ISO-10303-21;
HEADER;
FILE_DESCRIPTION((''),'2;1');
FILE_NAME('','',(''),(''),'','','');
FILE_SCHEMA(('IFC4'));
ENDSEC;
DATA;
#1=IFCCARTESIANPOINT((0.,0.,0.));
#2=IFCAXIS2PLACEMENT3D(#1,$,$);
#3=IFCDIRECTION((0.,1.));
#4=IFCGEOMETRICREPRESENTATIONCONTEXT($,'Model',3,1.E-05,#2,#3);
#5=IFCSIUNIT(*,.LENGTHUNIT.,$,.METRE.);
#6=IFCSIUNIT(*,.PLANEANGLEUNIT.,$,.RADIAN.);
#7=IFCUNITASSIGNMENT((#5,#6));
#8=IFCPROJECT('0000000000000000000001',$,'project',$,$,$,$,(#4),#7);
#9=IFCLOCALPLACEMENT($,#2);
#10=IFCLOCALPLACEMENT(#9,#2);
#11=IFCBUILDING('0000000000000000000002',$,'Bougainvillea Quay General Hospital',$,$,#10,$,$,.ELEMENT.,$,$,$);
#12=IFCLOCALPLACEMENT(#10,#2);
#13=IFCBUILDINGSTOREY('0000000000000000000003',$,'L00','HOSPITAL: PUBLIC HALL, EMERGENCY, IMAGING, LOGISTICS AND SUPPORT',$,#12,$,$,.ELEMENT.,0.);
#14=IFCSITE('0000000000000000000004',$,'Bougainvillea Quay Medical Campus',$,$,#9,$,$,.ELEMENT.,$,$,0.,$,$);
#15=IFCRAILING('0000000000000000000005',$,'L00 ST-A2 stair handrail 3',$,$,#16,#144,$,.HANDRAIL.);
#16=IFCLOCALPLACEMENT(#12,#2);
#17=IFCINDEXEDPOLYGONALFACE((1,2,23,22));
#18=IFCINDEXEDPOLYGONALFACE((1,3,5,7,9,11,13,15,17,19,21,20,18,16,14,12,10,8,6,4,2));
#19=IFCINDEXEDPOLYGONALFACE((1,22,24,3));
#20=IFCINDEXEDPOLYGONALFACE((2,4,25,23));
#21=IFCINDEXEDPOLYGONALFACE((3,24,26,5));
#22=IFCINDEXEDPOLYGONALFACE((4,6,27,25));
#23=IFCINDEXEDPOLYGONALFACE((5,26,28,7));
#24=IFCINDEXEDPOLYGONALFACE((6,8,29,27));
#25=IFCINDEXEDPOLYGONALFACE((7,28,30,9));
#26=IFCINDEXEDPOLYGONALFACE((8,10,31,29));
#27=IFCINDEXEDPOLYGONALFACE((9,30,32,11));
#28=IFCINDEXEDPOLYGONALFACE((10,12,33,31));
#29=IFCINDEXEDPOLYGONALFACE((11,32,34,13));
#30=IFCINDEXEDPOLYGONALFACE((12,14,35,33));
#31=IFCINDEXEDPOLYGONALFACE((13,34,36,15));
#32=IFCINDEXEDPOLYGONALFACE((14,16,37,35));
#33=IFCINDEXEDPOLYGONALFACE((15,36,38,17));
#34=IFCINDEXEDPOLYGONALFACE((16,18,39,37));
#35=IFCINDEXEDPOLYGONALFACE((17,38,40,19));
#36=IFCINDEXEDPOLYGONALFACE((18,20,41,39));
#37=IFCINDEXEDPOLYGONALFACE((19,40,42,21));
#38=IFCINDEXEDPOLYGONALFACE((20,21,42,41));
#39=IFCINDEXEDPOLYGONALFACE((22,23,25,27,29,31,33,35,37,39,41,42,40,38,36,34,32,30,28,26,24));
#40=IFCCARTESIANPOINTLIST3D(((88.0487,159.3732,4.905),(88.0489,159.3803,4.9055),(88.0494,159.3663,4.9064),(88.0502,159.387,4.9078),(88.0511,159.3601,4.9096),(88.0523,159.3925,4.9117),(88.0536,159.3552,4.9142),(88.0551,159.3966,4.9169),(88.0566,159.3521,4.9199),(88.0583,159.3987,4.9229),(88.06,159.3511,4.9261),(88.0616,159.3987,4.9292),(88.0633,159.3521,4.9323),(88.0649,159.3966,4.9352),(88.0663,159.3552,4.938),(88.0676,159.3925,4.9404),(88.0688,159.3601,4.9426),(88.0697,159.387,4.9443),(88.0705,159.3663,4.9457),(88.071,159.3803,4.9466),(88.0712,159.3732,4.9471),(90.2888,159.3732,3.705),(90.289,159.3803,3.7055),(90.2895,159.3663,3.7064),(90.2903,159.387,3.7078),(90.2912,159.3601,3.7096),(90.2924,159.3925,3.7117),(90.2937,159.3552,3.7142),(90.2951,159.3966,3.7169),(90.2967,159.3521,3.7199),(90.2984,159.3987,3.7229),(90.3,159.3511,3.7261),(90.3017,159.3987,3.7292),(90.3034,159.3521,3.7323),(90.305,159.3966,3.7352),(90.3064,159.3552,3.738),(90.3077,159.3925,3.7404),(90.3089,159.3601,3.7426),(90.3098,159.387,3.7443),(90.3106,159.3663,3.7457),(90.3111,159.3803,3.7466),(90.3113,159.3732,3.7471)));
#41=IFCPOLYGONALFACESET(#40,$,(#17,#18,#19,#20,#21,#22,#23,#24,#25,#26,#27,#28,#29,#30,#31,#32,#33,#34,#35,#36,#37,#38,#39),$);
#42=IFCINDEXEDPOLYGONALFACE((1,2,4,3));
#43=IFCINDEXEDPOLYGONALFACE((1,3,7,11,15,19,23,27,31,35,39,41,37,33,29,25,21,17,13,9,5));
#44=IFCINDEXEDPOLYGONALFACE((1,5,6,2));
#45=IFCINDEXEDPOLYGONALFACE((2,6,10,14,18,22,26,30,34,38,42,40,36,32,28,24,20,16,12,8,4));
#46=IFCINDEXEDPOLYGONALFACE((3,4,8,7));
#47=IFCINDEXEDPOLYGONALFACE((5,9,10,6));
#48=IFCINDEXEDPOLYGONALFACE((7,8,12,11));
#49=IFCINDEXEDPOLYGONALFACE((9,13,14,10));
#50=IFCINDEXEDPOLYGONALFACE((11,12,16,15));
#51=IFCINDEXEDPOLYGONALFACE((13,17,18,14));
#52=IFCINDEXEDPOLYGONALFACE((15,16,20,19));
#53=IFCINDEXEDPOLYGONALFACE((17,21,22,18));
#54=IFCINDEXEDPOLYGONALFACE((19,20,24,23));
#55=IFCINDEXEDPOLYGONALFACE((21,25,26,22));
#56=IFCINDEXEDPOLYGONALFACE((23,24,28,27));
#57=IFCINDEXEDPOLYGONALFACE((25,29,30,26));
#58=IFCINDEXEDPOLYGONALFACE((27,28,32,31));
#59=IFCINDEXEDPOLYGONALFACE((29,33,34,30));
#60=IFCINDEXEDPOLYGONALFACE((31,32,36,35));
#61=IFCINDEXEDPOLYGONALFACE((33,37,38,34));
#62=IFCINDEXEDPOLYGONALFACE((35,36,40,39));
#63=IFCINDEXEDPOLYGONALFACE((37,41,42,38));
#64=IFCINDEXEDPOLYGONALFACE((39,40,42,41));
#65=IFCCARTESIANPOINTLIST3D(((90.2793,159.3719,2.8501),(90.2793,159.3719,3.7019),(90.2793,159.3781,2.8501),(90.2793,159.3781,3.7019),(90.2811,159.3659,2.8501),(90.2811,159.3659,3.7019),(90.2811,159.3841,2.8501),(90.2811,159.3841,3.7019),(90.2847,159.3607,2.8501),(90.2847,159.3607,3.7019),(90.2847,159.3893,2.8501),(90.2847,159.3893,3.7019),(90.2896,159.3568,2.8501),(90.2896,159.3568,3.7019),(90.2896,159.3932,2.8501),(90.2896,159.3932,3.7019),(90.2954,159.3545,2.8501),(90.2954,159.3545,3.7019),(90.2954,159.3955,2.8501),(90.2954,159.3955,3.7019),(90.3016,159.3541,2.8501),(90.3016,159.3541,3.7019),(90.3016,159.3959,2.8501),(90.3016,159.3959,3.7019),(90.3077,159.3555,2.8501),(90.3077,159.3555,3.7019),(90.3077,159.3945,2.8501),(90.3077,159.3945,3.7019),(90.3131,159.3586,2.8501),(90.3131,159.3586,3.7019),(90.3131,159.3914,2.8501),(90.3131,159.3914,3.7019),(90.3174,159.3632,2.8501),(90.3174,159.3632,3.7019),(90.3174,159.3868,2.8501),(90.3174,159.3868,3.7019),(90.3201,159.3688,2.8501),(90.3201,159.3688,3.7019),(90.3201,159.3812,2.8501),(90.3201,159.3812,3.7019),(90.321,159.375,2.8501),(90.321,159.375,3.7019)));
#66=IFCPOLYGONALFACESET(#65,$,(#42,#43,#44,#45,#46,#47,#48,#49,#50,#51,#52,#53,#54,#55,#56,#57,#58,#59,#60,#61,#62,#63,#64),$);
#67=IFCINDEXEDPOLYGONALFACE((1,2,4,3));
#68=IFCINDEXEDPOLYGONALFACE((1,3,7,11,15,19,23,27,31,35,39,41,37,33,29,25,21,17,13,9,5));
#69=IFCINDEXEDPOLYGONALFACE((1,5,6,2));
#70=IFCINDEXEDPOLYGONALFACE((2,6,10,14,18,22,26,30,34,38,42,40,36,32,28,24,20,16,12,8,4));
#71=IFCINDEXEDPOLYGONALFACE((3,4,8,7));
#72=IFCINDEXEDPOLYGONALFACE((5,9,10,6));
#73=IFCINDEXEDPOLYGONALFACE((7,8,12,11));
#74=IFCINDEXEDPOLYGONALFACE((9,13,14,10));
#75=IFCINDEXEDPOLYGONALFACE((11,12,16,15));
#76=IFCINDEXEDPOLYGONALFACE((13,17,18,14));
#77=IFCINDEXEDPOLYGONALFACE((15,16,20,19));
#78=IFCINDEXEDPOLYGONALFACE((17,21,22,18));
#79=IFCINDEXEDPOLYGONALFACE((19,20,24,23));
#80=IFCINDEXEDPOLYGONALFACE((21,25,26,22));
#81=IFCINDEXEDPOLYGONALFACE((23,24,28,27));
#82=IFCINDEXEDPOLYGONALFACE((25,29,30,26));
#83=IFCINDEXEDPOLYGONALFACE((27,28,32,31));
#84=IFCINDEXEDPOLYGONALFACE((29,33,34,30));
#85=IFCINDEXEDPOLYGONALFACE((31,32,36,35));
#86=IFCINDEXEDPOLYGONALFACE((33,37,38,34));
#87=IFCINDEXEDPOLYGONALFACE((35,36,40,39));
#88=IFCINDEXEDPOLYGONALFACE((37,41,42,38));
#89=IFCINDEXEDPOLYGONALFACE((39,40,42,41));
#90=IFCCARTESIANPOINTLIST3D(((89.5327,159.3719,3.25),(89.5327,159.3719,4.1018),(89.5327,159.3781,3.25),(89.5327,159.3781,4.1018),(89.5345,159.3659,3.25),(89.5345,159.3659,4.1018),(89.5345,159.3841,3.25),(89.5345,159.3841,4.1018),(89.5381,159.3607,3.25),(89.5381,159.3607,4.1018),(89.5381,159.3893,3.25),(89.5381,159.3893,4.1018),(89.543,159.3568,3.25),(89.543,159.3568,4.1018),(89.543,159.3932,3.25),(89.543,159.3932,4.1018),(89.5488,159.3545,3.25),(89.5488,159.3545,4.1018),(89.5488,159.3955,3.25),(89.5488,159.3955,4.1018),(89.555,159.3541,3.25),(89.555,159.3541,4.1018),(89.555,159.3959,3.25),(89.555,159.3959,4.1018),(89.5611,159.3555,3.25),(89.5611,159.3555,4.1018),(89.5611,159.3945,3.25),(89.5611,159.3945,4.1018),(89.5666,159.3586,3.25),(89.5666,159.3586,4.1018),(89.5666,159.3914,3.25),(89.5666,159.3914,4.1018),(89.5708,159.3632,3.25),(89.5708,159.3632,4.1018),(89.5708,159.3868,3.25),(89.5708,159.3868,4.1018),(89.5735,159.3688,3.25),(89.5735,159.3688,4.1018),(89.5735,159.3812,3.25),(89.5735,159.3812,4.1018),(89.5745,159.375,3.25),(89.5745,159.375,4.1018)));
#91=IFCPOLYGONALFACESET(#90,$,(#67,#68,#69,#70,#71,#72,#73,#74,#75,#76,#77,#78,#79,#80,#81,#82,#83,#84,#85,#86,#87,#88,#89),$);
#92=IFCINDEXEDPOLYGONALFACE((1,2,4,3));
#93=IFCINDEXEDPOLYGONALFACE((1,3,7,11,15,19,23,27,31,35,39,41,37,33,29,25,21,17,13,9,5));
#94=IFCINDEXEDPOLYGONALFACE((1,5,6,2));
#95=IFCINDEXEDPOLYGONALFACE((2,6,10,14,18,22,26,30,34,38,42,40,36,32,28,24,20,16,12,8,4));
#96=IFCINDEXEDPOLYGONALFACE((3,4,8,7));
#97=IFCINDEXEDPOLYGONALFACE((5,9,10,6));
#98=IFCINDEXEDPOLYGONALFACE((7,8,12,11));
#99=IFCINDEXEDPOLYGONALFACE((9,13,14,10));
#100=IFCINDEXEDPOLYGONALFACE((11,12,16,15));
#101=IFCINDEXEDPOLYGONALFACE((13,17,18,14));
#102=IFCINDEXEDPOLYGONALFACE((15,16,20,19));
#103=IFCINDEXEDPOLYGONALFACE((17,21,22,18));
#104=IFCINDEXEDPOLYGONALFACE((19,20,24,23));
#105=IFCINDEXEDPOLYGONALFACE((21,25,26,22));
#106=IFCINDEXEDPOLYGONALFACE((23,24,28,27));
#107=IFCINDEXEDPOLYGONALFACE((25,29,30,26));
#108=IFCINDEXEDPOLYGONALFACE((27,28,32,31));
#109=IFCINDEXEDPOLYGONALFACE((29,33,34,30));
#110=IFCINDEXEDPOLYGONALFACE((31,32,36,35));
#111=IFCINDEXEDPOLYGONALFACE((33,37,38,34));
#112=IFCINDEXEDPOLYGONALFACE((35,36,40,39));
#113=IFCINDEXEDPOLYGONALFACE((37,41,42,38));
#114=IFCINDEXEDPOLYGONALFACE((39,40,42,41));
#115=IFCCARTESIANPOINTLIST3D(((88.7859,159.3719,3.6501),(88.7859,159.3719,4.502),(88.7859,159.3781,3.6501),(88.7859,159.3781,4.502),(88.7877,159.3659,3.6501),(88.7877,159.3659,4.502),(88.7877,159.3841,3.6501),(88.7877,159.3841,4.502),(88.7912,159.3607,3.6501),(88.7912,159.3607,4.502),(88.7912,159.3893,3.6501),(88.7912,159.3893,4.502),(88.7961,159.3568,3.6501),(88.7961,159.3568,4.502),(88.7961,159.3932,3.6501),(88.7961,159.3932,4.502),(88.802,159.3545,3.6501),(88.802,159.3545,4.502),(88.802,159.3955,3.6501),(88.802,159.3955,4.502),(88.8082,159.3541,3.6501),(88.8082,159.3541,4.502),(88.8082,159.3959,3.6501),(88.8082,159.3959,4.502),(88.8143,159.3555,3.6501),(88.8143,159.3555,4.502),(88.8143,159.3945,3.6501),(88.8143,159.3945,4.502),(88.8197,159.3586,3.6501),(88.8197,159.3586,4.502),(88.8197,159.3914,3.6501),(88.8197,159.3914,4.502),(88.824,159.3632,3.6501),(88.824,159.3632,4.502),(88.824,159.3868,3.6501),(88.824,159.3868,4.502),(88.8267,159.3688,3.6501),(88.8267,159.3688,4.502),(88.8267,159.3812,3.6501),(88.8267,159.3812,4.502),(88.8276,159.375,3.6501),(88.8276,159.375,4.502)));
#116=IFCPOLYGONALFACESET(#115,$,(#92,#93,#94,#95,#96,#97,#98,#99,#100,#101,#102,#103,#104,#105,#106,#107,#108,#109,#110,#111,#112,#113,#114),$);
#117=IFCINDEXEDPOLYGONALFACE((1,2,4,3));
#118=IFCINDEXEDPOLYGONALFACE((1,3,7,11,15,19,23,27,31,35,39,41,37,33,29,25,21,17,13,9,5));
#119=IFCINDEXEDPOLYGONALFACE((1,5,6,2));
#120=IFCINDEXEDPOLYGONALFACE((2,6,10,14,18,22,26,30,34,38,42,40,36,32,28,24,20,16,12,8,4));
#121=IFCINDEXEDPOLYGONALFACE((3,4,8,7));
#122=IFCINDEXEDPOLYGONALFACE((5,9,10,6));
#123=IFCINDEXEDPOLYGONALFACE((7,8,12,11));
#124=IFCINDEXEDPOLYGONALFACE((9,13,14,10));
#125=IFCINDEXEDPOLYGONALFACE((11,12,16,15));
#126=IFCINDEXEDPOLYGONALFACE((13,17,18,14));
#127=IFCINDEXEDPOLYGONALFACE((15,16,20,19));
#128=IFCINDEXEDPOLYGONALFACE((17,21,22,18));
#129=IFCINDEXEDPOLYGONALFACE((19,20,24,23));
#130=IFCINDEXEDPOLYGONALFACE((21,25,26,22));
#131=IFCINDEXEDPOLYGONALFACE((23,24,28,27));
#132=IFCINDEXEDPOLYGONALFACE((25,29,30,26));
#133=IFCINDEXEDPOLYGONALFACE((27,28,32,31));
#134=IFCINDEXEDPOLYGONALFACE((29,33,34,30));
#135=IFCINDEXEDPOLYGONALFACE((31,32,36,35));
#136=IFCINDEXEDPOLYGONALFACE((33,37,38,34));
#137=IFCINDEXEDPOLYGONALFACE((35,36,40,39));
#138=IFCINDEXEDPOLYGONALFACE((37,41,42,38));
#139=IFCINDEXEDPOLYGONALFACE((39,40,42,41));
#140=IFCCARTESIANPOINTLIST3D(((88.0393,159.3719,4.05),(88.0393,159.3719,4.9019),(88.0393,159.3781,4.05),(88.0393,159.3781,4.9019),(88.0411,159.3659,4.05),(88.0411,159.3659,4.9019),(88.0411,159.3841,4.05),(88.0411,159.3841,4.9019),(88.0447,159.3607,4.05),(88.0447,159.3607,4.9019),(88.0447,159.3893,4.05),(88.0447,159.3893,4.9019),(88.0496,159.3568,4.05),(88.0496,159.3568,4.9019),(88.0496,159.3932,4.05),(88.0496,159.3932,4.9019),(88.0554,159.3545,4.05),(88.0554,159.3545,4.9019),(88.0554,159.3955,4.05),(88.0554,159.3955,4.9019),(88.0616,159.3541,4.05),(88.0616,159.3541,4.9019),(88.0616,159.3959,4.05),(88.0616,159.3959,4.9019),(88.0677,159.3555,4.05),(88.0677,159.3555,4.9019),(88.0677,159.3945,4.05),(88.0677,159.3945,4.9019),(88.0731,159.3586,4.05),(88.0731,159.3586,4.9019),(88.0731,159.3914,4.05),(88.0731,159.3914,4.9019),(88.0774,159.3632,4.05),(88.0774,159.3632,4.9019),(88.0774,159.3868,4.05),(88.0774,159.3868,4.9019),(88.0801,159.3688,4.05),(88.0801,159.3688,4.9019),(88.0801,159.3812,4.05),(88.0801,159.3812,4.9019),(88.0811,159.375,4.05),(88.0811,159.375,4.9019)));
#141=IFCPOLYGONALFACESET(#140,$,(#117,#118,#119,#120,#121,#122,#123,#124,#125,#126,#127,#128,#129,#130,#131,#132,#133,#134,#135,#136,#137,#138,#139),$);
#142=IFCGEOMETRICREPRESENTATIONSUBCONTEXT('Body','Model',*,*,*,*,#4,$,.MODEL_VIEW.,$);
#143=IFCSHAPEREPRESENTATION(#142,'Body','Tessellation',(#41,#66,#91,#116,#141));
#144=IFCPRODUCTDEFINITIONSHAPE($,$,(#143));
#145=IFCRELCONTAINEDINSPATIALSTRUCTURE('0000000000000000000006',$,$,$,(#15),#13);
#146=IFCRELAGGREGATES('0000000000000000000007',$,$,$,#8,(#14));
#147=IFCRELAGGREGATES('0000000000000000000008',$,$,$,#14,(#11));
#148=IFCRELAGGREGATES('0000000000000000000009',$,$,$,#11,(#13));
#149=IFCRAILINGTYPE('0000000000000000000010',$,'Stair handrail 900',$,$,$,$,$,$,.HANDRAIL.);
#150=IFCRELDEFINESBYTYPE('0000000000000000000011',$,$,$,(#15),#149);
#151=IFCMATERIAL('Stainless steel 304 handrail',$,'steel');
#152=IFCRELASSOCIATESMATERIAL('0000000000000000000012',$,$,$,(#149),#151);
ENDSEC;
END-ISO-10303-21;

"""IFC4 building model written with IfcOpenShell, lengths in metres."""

from ifc_helpers import new_model, si_unit, direction, frame, origin, origin_2d, place, context, subcontext, project, spatial, circle, extrude, material, type_object, element, save


model = new_model("IFC4")

# Units and contexts
model_context = context("Model", 3, precision=1e-05, world=origin(), true_north=direction((0.0, 1.0)))
body_context = subcontext(model_context, "Body", "Model", "MODEL_VIEW")
ifc_project = project(units=[si_unit("LENGTHUNIT", "METRE"), si_unit("PLANEANGLEUNIT", "RADIAN")], contexts=[model_context])

# Site, building, storey
site_placement = place(None, origin())
site = spatial("IfcSite", under=ifc_project, at=site_placement, Name="Bougainvillea Quay Medical Campus", CompositionType="ELEMENT", RefElevation=0.0)
building_placement = place(site_placement, origin())
building = spatial("IfcBuilding", under=site, at=building_placement, Name="Bougainvillea Quay General Hospital", CompositionType="ELEMENT")
storey_placement = place(building_placement, origin())
storey = spatial("IfcBuildingStorey", under=building, at=storey_placement, Name="L00", Description="HOSPITAL: PUBLIC HALL, EMERGENCY, IMAGING, LOGISTICS AND SUPPORT", CompositionType="ELEMENT", Elevation=0.0)

# Railing
ifc_material_1 = material(Name="Stainless steel 304 handrail", Category="steel")
railing_type_1 = type_object("IfcRailingType", Name="Stair handrail 900", PredefinedType="HANDRAIL", material=ifc_material_1)
railing_1_placement = place(storey_placement, frame((90.3, 159.375, 2.8501)))
element("IfcRailing", 1, at=railing_1_placement, inside=storey, type_object=railing_type_1, Name="L00 ST-A2 stair handrail 3", PredefinedType="HANDRAIL", context=body_context, shape_type="SweptSolid", body=[
    extrude(circle(Radius=0.0239, at=origin_2d()), frame((0.0, 0.0, 0.876), z_axis=(-0.881487, 0.0, 0.472208), x_axis=(0.0, -1.0, 0.0)), (0.0, 0.0, 1.0), 2.5413),
    extrude(circle(Radius=0.021, at=origin_2d()), origin(), (0.0, 0.0, 1.0), 0.8518),
    extrude(circle(Radius=0.021, at=origin_2d()), frame((-0.7466, 0.0, 0.3999)), (0.0, 0.0, 1.0), 0.8518),
    extrude(circle(Radius=0.021, at=origin_2d()), frame((-1.4934, 0.0, 0.8)), (0.0, 0.0, 1.0), 0.8518),
    extrude(circle(Radius=0.021, at=origin_2d()), frame((-2.24, 0.0, 1.2)), (0.0, 0.0, 1.0), 0.8518),
])

save(model, "model.ifc")
